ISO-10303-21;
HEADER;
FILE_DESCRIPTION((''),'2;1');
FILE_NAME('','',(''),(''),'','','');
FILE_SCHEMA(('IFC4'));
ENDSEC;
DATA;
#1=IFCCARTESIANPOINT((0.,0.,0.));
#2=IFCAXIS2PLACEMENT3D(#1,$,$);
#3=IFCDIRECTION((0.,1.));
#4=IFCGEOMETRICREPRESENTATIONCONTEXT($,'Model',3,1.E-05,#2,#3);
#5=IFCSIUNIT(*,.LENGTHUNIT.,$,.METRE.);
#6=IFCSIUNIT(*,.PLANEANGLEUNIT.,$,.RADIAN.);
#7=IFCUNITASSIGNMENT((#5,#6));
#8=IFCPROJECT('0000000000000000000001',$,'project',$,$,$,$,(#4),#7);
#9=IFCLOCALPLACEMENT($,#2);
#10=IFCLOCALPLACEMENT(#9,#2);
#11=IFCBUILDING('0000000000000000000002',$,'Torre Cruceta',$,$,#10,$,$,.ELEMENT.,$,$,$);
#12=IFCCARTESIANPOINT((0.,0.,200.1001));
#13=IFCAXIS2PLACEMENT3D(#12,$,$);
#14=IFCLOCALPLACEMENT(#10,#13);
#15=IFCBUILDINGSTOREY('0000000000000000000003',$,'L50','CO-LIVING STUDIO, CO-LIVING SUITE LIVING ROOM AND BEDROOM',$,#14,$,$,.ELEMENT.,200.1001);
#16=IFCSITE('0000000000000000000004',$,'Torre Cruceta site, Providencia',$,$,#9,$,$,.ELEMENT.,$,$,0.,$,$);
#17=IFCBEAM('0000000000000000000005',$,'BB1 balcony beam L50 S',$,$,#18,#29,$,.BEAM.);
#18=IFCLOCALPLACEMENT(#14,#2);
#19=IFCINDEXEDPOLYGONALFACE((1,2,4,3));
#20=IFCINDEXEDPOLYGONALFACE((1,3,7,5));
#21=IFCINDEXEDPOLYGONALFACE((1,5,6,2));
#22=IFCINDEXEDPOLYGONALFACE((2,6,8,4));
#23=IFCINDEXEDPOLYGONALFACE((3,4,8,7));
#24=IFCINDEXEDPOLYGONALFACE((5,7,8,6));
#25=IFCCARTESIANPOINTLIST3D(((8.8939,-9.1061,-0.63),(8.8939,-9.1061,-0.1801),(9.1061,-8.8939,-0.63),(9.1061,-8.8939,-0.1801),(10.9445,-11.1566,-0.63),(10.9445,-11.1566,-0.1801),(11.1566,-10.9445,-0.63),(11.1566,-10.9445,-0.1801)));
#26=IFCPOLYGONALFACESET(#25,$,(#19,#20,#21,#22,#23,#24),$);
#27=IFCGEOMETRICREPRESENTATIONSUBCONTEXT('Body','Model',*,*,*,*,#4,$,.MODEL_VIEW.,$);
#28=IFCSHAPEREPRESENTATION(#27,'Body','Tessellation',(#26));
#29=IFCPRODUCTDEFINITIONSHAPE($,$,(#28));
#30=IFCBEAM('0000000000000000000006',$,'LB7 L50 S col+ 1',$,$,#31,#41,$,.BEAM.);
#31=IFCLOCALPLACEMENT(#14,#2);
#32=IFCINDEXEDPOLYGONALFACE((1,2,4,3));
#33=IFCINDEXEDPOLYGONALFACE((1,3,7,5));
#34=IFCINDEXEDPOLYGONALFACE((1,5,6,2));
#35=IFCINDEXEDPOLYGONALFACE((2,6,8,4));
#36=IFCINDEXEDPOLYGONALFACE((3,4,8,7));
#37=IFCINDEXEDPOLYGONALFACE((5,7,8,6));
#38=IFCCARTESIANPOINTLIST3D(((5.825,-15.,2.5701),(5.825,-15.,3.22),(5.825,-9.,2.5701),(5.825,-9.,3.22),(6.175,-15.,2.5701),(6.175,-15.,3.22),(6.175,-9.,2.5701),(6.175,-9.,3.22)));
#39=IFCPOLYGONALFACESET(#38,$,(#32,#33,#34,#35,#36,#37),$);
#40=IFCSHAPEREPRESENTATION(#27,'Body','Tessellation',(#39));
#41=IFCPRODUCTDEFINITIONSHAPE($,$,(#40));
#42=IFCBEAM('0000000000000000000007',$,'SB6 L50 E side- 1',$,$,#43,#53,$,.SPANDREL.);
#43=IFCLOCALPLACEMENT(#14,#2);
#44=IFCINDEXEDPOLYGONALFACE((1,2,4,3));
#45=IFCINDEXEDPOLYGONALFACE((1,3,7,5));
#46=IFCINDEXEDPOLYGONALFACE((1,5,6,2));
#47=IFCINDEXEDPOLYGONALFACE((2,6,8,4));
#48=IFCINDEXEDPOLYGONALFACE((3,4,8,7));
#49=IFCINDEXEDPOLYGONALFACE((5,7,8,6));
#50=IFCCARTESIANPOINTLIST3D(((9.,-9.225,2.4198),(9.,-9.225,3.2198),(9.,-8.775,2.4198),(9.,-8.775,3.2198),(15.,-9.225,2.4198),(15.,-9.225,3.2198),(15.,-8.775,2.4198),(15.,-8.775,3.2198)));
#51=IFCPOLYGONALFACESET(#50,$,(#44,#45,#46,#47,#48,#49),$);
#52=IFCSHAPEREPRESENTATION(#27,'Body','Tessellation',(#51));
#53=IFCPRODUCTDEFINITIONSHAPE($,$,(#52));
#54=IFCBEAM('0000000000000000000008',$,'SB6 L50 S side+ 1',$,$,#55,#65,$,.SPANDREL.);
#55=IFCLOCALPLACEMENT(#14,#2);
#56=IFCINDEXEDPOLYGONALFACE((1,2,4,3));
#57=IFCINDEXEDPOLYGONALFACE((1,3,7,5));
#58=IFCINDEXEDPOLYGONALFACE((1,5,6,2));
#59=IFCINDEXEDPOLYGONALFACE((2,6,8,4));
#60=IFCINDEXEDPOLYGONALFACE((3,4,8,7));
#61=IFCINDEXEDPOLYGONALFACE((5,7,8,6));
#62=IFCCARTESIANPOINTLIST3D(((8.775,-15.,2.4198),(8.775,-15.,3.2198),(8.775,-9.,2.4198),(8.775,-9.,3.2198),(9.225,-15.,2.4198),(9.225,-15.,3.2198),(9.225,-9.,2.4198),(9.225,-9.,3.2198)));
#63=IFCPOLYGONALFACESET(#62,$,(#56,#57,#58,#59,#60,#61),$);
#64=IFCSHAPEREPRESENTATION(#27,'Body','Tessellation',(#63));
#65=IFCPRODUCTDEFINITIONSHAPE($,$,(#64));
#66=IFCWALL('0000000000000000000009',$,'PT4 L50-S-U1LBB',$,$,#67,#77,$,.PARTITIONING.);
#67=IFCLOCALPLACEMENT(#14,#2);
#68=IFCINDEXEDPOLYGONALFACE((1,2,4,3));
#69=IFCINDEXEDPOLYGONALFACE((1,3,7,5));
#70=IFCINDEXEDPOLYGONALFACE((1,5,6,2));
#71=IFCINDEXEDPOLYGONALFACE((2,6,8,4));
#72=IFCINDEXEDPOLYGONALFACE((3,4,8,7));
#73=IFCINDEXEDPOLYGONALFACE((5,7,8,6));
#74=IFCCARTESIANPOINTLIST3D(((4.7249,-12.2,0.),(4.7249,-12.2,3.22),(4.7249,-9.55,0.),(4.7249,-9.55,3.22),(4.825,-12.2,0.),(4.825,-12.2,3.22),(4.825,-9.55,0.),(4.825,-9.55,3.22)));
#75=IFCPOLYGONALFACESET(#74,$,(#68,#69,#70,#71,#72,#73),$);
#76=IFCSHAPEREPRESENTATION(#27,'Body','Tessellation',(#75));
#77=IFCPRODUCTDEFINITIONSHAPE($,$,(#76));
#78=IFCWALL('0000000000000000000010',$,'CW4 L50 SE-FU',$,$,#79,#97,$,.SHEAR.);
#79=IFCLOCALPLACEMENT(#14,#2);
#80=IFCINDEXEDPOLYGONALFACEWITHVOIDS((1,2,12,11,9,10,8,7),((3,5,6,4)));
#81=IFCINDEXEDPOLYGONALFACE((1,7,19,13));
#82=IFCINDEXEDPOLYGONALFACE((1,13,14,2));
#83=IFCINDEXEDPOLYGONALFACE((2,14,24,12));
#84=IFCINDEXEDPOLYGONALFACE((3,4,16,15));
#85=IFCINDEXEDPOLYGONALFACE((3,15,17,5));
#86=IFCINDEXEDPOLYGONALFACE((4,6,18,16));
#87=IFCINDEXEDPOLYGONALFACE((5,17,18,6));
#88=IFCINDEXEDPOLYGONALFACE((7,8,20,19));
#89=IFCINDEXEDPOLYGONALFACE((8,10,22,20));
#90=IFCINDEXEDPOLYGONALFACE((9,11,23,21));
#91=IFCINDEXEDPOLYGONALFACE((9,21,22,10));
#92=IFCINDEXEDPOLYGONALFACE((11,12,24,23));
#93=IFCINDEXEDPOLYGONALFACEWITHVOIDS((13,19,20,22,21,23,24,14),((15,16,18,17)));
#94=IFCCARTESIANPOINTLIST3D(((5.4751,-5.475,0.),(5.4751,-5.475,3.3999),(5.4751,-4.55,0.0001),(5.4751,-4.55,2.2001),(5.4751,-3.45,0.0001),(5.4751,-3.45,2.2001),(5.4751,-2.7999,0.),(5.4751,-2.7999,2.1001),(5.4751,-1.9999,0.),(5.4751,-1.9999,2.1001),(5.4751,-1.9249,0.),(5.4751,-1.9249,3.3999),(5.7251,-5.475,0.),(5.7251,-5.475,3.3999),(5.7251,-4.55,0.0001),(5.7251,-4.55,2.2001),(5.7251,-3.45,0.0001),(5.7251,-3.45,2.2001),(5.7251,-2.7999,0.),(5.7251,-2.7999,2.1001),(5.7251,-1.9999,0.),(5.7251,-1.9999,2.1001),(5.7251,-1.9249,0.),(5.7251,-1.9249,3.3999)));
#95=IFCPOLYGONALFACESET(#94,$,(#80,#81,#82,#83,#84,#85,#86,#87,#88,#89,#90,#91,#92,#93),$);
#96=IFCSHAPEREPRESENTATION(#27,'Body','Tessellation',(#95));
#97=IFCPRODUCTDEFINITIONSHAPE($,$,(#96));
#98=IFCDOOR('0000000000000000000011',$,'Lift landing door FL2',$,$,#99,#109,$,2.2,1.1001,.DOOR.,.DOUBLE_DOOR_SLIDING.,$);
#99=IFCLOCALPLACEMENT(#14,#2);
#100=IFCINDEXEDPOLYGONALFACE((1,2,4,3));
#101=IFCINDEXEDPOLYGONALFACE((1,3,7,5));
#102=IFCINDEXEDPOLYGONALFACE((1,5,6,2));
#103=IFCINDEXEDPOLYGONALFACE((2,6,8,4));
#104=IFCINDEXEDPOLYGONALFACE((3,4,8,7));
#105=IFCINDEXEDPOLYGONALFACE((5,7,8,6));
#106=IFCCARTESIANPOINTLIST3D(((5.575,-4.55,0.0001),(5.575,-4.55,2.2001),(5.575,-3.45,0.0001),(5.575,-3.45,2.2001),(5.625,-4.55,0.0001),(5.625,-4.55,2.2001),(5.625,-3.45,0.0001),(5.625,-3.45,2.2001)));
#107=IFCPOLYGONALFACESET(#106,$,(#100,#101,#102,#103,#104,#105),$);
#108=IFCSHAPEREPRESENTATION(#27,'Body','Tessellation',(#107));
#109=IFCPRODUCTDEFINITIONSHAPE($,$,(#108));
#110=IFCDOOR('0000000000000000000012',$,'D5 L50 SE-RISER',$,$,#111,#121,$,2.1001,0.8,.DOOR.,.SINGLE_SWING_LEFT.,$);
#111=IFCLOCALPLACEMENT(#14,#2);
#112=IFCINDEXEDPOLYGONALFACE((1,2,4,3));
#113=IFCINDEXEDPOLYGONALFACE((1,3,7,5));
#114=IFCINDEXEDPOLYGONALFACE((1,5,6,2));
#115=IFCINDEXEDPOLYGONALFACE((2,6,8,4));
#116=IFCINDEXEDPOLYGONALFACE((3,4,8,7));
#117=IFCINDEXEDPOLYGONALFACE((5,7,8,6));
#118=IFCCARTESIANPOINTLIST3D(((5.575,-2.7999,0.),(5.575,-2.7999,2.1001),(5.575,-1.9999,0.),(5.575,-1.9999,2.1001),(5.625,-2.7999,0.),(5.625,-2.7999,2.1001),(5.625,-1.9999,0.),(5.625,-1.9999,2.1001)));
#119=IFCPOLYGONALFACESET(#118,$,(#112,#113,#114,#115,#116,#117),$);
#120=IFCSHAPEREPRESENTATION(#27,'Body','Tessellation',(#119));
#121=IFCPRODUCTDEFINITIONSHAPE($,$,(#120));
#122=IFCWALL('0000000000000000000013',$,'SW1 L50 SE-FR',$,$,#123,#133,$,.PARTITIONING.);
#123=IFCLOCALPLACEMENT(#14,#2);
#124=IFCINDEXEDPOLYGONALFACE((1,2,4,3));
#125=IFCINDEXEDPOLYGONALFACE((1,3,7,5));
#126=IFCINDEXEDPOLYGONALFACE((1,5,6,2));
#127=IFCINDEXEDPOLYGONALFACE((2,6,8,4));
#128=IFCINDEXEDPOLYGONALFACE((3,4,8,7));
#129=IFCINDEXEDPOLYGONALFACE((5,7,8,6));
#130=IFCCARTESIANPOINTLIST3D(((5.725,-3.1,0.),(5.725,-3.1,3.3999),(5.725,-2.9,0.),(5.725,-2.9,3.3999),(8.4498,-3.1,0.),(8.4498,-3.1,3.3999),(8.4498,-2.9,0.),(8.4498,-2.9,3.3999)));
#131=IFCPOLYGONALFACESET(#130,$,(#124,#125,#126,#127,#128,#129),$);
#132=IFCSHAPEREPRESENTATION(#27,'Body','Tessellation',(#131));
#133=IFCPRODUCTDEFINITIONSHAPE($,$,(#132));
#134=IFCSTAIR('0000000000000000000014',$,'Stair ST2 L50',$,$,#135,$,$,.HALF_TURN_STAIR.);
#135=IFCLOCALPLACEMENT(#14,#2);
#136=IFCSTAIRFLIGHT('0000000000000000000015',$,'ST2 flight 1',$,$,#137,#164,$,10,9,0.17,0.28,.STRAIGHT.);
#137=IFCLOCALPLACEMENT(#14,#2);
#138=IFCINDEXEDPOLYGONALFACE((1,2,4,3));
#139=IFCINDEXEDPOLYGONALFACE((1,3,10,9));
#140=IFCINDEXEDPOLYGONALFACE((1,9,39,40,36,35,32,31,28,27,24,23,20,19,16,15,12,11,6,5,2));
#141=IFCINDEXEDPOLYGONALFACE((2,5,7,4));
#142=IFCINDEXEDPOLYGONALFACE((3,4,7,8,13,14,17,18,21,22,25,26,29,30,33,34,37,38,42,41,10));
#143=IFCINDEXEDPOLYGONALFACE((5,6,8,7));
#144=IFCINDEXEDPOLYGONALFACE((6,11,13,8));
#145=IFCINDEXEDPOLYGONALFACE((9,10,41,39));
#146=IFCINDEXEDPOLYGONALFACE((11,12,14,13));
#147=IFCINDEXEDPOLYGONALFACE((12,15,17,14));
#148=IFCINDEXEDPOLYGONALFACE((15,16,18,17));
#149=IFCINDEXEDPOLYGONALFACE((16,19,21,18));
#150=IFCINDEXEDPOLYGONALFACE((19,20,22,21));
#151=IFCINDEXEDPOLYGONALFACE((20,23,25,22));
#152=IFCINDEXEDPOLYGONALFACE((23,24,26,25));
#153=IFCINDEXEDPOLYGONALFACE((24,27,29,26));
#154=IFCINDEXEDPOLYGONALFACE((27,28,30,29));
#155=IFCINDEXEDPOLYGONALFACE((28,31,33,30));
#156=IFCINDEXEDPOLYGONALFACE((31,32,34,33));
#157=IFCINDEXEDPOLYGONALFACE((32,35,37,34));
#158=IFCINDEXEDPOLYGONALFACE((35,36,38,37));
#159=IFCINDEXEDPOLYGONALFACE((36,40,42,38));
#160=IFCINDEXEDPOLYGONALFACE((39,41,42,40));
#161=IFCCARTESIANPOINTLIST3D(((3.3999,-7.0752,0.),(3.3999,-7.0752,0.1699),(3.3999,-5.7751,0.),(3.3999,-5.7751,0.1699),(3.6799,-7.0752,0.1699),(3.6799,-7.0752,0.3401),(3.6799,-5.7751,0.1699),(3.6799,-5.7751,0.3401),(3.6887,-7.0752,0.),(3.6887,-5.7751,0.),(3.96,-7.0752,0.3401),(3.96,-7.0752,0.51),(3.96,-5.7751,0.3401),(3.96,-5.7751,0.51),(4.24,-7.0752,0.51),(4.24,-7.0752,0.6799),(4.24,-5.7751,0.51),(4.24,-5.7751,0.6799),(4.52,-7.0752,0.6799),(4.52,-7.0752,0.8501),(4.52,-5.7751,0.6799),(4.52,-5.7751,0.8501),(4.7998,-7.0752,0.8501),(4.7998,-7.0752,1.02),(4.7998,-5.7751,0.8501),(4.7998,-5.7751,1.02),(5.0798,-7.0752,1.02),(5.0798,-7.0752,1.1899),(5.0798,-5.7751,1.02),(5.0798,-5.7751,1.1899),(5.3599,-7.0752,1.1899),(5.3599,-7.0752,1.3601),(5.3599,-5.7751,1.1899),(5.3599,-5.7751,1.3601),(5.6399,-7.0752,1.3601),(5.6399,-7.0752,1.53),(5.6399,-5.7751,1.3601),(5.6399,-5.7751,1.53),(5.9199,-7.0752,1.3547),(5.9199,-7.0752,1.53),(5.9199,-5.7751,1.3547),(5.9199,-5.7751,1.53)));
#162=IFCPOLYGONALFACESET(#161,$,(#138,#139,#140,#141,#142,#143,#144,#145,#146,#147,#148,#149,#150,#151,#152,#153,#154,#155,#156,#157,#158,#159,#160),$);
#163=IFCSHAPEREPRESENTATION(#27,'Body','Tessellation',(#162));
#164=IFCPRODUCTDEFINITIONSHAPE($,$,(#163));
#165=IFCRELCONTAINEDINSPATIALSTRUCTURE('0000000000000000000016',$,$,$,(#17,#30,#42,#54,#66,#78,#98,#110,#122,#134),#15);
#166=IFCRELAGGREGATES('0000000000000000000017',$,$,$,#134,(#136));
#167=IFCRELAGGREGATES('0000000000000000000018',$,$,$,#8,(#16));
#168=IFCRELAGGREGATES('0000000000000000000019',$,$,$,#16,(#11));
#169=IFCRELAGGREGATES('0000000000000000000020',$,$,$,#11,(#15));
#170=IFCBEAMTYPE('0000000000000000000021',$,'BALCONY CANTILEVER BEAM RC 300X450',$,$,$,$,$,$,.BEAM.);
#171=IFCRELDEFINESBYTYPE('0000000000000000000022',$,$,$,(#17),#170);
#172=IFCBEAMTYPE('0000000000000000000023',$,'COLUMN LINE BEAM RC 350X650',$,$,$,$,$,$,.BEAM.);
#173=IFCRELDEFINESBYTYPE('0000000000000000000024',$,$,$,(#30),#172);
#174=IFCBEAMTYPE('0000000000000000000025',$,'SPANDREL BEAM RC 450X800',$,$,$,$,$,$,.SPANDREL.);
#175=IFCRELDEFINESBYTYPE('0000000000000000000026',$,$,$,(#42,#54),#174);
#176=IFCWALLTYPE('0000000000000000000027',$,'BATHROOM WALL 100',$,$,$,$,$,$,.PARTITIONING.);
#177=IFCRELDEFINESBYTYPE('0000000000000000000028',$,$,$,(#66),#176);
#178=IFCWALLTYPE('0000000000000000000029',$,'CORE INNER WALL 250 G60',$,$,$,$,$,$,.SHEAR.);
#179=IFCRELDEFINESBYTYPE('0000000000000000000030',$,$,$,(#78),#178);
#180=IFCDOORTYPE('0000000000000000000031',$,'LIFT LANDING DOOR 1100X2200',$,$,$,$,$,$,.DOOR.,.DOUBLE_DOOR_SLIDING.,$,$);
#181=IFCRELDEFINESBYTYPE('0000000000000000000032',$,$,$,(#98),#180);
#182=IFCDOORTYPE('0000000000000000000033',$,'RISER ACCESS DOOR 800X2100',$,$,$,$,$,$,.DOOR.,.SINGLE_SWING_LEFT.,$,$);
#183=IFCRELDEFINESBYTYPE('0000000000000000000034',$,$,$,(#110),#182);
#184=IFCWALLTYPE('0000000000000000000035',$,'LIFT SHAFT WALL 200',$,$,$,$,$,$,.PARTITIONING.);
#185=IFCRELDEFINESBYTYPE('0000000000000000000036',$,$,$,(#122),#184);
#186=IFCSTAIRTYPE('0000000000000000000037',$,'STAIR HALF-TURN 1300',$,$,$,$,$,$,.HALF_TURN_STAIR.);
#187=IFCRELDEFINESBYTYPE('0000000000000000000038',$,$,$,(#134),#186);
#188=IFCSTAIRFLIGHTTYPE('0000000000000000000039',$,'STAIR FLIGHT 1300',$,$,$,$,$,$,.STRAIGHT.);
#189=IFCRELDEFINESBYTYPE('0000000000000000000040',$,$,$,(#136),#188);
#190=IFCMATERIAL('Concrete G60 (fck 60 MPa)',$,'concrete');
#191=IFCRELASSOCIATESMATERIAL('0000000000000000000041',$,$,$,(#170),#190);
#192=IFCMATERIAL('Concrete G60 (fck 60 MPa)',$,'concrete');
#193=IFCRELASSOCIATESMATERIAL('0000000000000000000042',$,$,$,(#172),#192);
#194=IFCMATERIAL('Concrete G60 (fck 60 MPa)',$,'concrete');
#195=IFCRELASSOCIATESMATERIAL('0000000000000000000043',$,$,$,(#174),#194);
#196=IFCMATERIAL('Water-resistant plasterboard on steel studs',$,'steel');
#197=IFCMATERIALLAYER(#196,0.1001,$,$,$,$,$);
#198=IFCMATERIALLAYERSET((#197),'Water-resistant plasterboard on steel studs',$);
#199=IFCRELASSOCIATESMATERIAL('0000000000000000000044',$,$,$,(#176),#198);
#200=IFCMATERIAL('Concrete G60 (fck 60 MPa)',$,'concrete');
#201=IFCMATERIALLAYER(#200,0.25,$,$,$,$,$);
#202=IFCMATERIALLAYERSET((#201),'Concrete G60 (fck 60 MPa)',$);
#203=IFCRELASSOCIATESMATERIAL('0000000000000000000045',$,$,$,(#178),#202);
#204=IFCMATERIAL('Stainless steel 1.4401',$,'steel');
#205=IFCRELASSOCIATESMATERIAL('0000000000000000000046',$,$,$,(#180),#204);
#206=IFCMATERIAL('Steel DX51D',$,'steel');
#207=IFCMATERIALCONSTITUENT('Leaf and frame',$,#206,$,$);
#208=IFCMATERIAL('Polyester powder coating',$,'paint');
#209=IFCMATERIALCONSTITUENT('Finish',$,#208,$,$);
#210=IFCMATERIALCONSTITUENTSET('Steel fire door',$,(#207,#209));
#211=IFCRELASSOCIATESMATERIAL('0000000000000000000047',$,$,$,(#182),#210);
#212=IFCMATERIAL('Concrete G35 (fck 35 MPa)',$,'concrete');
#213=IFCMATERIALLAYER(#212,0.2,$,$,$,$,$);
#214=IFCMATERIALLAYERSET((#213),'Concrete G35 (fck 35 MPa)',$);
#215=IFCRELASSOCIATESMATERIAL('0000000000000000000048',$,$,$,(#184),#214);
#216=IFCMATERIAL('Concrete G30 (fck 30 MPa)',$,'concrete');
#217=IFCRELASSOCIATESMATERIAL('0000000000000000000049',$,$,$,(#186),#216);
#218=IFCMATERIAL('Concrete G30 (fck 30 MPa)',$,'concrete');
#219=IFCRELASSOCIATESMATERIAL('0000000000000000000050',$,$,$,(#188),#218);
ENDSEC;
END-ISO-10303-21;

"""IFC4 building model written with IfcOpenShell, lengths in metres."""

from ifc_helpers import new_model, si_unit, direction, frame, frame_2d, origin, origin_2d, place, context, subcontext, project, spatial, polyline, rectangle, outline, extrude, material, layer, layer_set, constituent, constituent_set, material_profile, profile_set, type_object, element, fill, aggregate, save


model = new_model("IFC4")

# Units and contexts
model_context = context("Model", 3, precision=1e-05, world=origin(), true_north=direction((0.0, 1.0)))
body_context = subcontext(model_context, "Body", "Model", "MODEL_VIEW")
ifc_project = project(units=[si_unit("LENGTHUNIT", "METRE"), si_unit("PLANEANGLEUNIT", "RADIAN")], contexts=[model_context])

# Site, building, storey
site_placement = place(None, origin())
site = spatial("IfcSite", under=ifc_project, at=site_placement, Name="Torre Cruceta site, Providencia", CompositionType="ELEMENT", RefElevation=0.0)
building_placement = place(site_placement, origin())
building = spatial("IfcBuilding", under=site, at=building_placement, Name="Torre Cruceta", CompositionType="ELEMENT")
storey_placement = place(building_placement, frame((0.0, 0.0, 200.1001)))
storey = spatial("IfcBuildingStorey", under=building, at=storey_placement, Name="L50", Description="CO-LIVING STUDIO, CO-LIVING SUITE LIVING ROOM AND BEDROOM", CompositionType="ELEMENT", Elevation=200.1001)

# Beams
ifc_material_1 = material(Name="Concrete G60 (fck 60 MPa)", Category="concrete")
ifc_material_profile_1 = material_profile(ifc_material_1, rectangle(XDim=0.3, YDim=0.45, at=origin_2d()), Name="RC 300X450")
ifc_profile_set_1 = profile_set([ifc_material_profile_1], Name="Concrete G60 (fck 60 MPa)")
beam_type_1 = type_object("IfcBeamType", Name="BALCONY CANTILEVER BEAM RC 300X450", PredefinedType="BEAM", material=ifc_profile_set_1)
beam_1_placement = place(storey_placement, frame((9.0, -9.0, -0.405), z_axis=(0.707107, -0.707107, 0.0), x_axis=(0.707107, 0.707107, 0.0)))
element("IfcBeam", 1, at=beam_1_placement, inside=storey, type_object=beam_type_1, Name="BB1 balcony beam L50 S", PredefinedType="BEAM", context=body_context, shape_type="SweptSolid", body=[
    extrude(rectangle(XDim=0.3, YDim=0.45, at=origin_2d()), origin(), (0.0, 0.0, 1.0), 2.8999),
])
ifc_material_2 = material(Name="Concrete G60 (fck 60 MPa)", Category="concrete")
ifc_material_profile_2 = material_profile(ifc_material_2, rectangle(XDim=0.3501, YDim=0.6499, at=origin_2d()), Name="RC 350X650")
ifc_profile_set_2 = profile_set([ifc_material_profile_2], Name="Concrete G60 (fck 60 MPa)")
beam_type_2 = type_object("IfcBeamType", Name="COLUMN LINE BEAM RC 350X650", PredefinedType="BEAM", material=ifc_profile_set_2)
beam_2_placement = place(storey_placement, frame((6.0, -9.0, 2.895), z_axis=(0.0, -1.0, 0.0), x_axis=(1.0, 0.0, 0.0)))
element("IfcBeam", 2, at=beam_2_placement, inside=storey, type_object=beam_type_2, Name="LB7 L50 S col+ 1", PredefinedType="BEAM", context=body_context, shape_type="SweptSolid", body=[
    extrude(rectangle(XDim=0.3501, YDim=0.6499, at=origin_2d()), origin(), (0.0, 0.0, 1.0), 6.0),
])
ifc_material_3 = material(Name="Concrete G60 (fck 60 MPa)", Category="concrete")
ifc_material_profile_3 = material_profile(ifc_material_3, rectangle(XDim=0.45, YDim=0.8, at=origin_2d()), Name="RC 450X800")
ifc_profile_set_3 = profile_set([ifc_material_profile_3], Name="Concrete G60 (fck 60 MPa)")
beam_type_3 = type_object("IfcBeamType", Name="SPANDREL BEAM RC 450X800", PredefinedType="SPANDREL", material=ifc_profile_set_3)
for number, where, z_axis, x_axis, name in (
    (3, (9.0, -9.0, 2.8198), (1.0, 0.0, 0.0), (0.0, 1.0, 0.0), "SB6 L50 E side- 1"),
    (4, (9.0, -9.0, 2.8198), (0.0, -1.0, 0.0), (1.0, 0.0, 0.0), "SB6 L50 S side+ 1"),
):
    element("IfcBeam", number, at=place(storey_placement, frame(where, z_axis=z_axis, x_axis=x_axis)), inside=storey, type_object=beam_type_3, Name=name, PredefinedType="SPANDREL", context=body_context, shape_type="SweptSolid", body=[
        extrude(rectangle(XDim=0.45, YDim=0.8, at=origin_2d()), origin(), (0.0, 0.0, 1.0), 6.0),
    ])

# Wall
ifc_material_4 = material(Name="Water-resistant plasterboard on steel studs", Category="steel")
ifc_layer_1 = layer(ifc_material_4, 0.1001)
ifc_layer_set_1 = layer_set([ifc_layer_1], Name="Water-resistant plasterboard on steel studs")
wall_type_1 = type_object("IfcWallType", Name="BATHROOM WALL 100", PredefinedType="PARTITIONING", material=ifc_layer_set_1)
wall_1_placement = place(storey_placement, frame((4.7749, -9.55, 0.0), z_axis=(0.0, 0.0, 1.0), x_axis=(0.0, -1.0, 0.0)))
element("IfcWall", 5, at=wall_1_placement, inside=storey, type_object=wall_type_1, Name="PT4 L50-S-U1LBB", PredefinedType="PARTITIONING", context=body_context, shape_type="SweptSolid", body=[
    extrude(rectangle(XDim=2.6499, YDim=0.1001, at=frame_2d((1.325, 0.0))), origin(), (0.0, 0.0, 1.0), 3.22),
])

# Wall, openings, doors
ifc_material_5 = material(Name="Concrete G60 (fck 60 MPa)", Category="concrete")
ifc_layer_2 = layer(ifc_material_5, 0.25)
ifc_layer_set_2 = layer_set([ifc_layer_2], Name="Concrete G60 (fck 60 MPa)")
wall_type_2 = type_object("IfcWallType", Name="CORE INNER WALL 250 G60", PredefinedType="SHEAR", material=ifc_layer_set_2)
wall_2_placement = place(storey_placement, frame((5.6001, -1.925, 0.0), z_axis=(0.0, 0.0, 1.0), x_axis=(0.0, -1.0, 0.0)))
wall_2 = element("IfcWall", 6, at=wall_2_placement, inside=storey, type_object=wall_type_2, Name="CW4 L50 SE-FU", PredefinedType="SHEAR", context=body_context, shape_type="SweptSolid", body=[
    extrude(rectangle(XDim=3.55, YDim=0.25, at=frame_2d((1.7749, 0.0))), origin(), (0.0, 0.0, 1.0), 3.3999),
])
opening_1_placement = place(wall_2_placement, frame((1.5249, 0.0, 0.0)))
opening_1 = element("IfcOpeningElement", 7, at=opening_1_placement, cuts=wall_2, PredefinedType="OPENING", context=body_context, shape_type="SweptSolid", body=[
    extrude(rectangle(XDim=1.1001, YDim=2.2, at=frame_2d((0.55, 1.1001))), frame((0.0, 0.135, 0.0), z_axis=(0.0, -1.0, 0.0), x_axis=(1.0, 0.0, 0.0)), (0.0, 0.0, 1.0), 0.27),
])
opening_2_placement = place(wall_2_placement, frame((0.075, 0.0, 0.0)))
opening_2 = element("IfcOpeningElement", 8, at=opening_2_placement, cuts=wall_2, PredefinedType="OPENING", context=body_context, shape_type="SweptSolid", body=[
    extrude(rectangle(XDim=0.8, YDim=2.1001, at=frame_2d((0.3999, 1.05))), frame((0.0, 0.135, 0.0), z_axis=(0.0, -1.0, 0.0), x_axis=(1.0, 0.0, 0.0)), (0.0, 0.0, 1.0), 0.27),
])
ifc_material_6 = material(Name="Stainless steel 1.4401", Category="steel")
door_type_1 = type_object("IfcDoorType", Name="LIFT LANDING DOOR 1100X2200", OperationType="DOUBLE_DOOR_SLIDING", PredefinedType="DOOR", material=ifc_material_6)
door_1_placement = place(opening_1_placement, origin())
door_1 = element("IfcDoor", 9, at=door_1_placement, inside=storey, type_object=door_type_1, Name="Lift landing door FL2", OperationType="DOUBLE_DOOR_SLIDING", OverallHeight=2.2, OverallWidth=1.1001, PredefinedType="DOOR", context=body_context, shape_type="SweptSolid", body=[
    extrude(rectangle(XDim=1.1001, YDim=2.2, at=frame_2d((0.55, 1.1001))), frame((0.0, 0.0249, 0.0), z_axis=(0.0, -1.0, 0.0), x_axis=(1.0, 0.0, 0.0)), (0.0, 0.0, 1.0), 0.05),
])
fill(opening_1, door_1)
ifc_material_7 = material(Name="Steel DX51D", Category="steel")
ifc_constituent_1 = constituent(ifc_material_7, Name="Leaf and frame")
ifc_material_8 = material(Name="Polyester powder coating", Category="paint")
ifc_constituent_2 = constituent(ifc_material_8, Name="Finish")
ifc_constituent_set_1 = constituent_set(constituents=[ifc_constituent_1, ifc_constituent_2], Name="Steel fire door")
door_type_2 = type_object("IfcDoorType", Name="RISER ACCESS DOOR 800X2100", OperationType="SINGLE_SWING_LEFT", PredefinedType="DOOR", material=ifc_constituent_set_1)
door_2_placement = place(opening_2_placement, origin())
door_2 = element("IfcDoor", 10, at=door_2_placement, inside=storey, type_object=door_type_2, Name="D5 L50 SE-RISER", OperationType="SINGLE_SWING_LEFT", OverallHeight=2.1001, OverallWidth=0.8, PredefinedType="DOOR", context=body_context, shape_type="SweptSolid", body=[
    extrude(rectangle(XDim=0.8, YDim=2.1001, at=frame_2d((0.3999, 1.05))), frame((0.0, 0.0249, 0.0), z_axis=(0.0, -1.0, 0.0), x_axis=(1.0, 0.0, 0.0)), (0.0, 0.0, 1.0), 0.05),
])
fill(opening_2, door_2)

# Wall
ifc_material_9 = material(Name="Concrete G35 (fck 35 MPa)", Category="concrete")
ifc_layer_3 = layer(ifc_material_9, 0.2)
ifc_layer_set_3 = layer_set([ifc_layer_3], Name="Concrete G35 (fck 35 MPa)")
wall_type_3 = type_object("IfcWallType", Name="LIFT SHAFT WALL 200", PredefinedType="PARTITIONING", material=ifc_layer_set_3)
wall_3_placement = place(storey_placement, frame((5.7251, -3.0, 0.0), z_axis=(0.0, 0.0, 1.0), x_axis=(1.0, 0.0, 0.0)))
element("IfcWall", 11, at=wall_3_placement, inside=storey, type_object=wall_type_3, Name="SW1 L50 SE-FR", PredefinedType="PARTITIONING", context=body_context, shape_type="SweptSolid", body=[
    extrude(rectangle(XDim=2.7249, YDim=0.2, at=frame_2d((1.3623, 0.0))), origin(), (0.0, 0.0, 1.0), 3.3999),
])

# Stair, stair flight
ifc_material_10 = material(Name="Concrete G30 (fck 30 MPa)", Category="concrete")
stair_type = type_object("IfcStairType", Name="STAIR HALF-TURN 1300", PredefinedType="HALF_TURN_STAIR", material=ifc_material_10)
stair_placement = place(storey_placement, origin())
stair = element("IfcStair", 12, at=stair_placement, inside=storey, type_object=stair_type, Name="Stair ST2 L50", PredefinedType="HALF_TURN_STAIR")
ifc_material_11 = material(Name="Concrete G30 (fck 30 MPa)", Category="concrete")
stair_flight_type = type_object("IfcStairFlightType", Name="STAIR FLIGHT 1300", PredefinedType="STRAIGHT", material=ifc_material_11)
stair_flight_1_placement = place(storey_placement, frame((3.3999, -6.425, 0.0), z_axis=(0.0, 0.0, 1.0), x_axis=(1.0, 0.0, 0.0)))
stair_flight_1 = element("IfcStairFlight", 13, at=stair_flight_1_placement, type_object=stair_flight_type, Name="ST2 flight 1", NumberOfRisers=10, NumberOfTreads=9, PredefinedType="STRAIGHT", RiserHeight=0.17, TreadLength=0.28, context=body_context, shape_type="SweptSolid", body=[
    extrude(outline(polyline([(0.0, 0.0), (0.0, 0.1699), (0.28, 0.1699), (0.28, 0.3401), (0.5601, 0.3401), (0.5601, 0.51), (0.8401, 0.51), (0.8401, 0.6799), (1.1201, 0.6799), (1.1201, 0.8501), (1.3999, 0.8501), (1.3999, 1.02), (1.6799, 1.02), (1.6799, 1.1899), (1.96, 1.1899), (1.96, 1.3601), (2.24, 1.3601), (2.24, 1.53), (2.52, 1.53), (2.52, 1.7), (2.52, 1.3547), (0.2888, 0.0), (0.0, 0.0)])), frame((0.0, 0.6499, 0.0), z_axis=(0.0, -1.0, 0.0), x_axis=(1.0, 0.0, 0.0)), (0.0, 0.0, 1.0), 1.3),
])
aggregate(stair, [stair_flight_1])

save(model, "model.ifc")
